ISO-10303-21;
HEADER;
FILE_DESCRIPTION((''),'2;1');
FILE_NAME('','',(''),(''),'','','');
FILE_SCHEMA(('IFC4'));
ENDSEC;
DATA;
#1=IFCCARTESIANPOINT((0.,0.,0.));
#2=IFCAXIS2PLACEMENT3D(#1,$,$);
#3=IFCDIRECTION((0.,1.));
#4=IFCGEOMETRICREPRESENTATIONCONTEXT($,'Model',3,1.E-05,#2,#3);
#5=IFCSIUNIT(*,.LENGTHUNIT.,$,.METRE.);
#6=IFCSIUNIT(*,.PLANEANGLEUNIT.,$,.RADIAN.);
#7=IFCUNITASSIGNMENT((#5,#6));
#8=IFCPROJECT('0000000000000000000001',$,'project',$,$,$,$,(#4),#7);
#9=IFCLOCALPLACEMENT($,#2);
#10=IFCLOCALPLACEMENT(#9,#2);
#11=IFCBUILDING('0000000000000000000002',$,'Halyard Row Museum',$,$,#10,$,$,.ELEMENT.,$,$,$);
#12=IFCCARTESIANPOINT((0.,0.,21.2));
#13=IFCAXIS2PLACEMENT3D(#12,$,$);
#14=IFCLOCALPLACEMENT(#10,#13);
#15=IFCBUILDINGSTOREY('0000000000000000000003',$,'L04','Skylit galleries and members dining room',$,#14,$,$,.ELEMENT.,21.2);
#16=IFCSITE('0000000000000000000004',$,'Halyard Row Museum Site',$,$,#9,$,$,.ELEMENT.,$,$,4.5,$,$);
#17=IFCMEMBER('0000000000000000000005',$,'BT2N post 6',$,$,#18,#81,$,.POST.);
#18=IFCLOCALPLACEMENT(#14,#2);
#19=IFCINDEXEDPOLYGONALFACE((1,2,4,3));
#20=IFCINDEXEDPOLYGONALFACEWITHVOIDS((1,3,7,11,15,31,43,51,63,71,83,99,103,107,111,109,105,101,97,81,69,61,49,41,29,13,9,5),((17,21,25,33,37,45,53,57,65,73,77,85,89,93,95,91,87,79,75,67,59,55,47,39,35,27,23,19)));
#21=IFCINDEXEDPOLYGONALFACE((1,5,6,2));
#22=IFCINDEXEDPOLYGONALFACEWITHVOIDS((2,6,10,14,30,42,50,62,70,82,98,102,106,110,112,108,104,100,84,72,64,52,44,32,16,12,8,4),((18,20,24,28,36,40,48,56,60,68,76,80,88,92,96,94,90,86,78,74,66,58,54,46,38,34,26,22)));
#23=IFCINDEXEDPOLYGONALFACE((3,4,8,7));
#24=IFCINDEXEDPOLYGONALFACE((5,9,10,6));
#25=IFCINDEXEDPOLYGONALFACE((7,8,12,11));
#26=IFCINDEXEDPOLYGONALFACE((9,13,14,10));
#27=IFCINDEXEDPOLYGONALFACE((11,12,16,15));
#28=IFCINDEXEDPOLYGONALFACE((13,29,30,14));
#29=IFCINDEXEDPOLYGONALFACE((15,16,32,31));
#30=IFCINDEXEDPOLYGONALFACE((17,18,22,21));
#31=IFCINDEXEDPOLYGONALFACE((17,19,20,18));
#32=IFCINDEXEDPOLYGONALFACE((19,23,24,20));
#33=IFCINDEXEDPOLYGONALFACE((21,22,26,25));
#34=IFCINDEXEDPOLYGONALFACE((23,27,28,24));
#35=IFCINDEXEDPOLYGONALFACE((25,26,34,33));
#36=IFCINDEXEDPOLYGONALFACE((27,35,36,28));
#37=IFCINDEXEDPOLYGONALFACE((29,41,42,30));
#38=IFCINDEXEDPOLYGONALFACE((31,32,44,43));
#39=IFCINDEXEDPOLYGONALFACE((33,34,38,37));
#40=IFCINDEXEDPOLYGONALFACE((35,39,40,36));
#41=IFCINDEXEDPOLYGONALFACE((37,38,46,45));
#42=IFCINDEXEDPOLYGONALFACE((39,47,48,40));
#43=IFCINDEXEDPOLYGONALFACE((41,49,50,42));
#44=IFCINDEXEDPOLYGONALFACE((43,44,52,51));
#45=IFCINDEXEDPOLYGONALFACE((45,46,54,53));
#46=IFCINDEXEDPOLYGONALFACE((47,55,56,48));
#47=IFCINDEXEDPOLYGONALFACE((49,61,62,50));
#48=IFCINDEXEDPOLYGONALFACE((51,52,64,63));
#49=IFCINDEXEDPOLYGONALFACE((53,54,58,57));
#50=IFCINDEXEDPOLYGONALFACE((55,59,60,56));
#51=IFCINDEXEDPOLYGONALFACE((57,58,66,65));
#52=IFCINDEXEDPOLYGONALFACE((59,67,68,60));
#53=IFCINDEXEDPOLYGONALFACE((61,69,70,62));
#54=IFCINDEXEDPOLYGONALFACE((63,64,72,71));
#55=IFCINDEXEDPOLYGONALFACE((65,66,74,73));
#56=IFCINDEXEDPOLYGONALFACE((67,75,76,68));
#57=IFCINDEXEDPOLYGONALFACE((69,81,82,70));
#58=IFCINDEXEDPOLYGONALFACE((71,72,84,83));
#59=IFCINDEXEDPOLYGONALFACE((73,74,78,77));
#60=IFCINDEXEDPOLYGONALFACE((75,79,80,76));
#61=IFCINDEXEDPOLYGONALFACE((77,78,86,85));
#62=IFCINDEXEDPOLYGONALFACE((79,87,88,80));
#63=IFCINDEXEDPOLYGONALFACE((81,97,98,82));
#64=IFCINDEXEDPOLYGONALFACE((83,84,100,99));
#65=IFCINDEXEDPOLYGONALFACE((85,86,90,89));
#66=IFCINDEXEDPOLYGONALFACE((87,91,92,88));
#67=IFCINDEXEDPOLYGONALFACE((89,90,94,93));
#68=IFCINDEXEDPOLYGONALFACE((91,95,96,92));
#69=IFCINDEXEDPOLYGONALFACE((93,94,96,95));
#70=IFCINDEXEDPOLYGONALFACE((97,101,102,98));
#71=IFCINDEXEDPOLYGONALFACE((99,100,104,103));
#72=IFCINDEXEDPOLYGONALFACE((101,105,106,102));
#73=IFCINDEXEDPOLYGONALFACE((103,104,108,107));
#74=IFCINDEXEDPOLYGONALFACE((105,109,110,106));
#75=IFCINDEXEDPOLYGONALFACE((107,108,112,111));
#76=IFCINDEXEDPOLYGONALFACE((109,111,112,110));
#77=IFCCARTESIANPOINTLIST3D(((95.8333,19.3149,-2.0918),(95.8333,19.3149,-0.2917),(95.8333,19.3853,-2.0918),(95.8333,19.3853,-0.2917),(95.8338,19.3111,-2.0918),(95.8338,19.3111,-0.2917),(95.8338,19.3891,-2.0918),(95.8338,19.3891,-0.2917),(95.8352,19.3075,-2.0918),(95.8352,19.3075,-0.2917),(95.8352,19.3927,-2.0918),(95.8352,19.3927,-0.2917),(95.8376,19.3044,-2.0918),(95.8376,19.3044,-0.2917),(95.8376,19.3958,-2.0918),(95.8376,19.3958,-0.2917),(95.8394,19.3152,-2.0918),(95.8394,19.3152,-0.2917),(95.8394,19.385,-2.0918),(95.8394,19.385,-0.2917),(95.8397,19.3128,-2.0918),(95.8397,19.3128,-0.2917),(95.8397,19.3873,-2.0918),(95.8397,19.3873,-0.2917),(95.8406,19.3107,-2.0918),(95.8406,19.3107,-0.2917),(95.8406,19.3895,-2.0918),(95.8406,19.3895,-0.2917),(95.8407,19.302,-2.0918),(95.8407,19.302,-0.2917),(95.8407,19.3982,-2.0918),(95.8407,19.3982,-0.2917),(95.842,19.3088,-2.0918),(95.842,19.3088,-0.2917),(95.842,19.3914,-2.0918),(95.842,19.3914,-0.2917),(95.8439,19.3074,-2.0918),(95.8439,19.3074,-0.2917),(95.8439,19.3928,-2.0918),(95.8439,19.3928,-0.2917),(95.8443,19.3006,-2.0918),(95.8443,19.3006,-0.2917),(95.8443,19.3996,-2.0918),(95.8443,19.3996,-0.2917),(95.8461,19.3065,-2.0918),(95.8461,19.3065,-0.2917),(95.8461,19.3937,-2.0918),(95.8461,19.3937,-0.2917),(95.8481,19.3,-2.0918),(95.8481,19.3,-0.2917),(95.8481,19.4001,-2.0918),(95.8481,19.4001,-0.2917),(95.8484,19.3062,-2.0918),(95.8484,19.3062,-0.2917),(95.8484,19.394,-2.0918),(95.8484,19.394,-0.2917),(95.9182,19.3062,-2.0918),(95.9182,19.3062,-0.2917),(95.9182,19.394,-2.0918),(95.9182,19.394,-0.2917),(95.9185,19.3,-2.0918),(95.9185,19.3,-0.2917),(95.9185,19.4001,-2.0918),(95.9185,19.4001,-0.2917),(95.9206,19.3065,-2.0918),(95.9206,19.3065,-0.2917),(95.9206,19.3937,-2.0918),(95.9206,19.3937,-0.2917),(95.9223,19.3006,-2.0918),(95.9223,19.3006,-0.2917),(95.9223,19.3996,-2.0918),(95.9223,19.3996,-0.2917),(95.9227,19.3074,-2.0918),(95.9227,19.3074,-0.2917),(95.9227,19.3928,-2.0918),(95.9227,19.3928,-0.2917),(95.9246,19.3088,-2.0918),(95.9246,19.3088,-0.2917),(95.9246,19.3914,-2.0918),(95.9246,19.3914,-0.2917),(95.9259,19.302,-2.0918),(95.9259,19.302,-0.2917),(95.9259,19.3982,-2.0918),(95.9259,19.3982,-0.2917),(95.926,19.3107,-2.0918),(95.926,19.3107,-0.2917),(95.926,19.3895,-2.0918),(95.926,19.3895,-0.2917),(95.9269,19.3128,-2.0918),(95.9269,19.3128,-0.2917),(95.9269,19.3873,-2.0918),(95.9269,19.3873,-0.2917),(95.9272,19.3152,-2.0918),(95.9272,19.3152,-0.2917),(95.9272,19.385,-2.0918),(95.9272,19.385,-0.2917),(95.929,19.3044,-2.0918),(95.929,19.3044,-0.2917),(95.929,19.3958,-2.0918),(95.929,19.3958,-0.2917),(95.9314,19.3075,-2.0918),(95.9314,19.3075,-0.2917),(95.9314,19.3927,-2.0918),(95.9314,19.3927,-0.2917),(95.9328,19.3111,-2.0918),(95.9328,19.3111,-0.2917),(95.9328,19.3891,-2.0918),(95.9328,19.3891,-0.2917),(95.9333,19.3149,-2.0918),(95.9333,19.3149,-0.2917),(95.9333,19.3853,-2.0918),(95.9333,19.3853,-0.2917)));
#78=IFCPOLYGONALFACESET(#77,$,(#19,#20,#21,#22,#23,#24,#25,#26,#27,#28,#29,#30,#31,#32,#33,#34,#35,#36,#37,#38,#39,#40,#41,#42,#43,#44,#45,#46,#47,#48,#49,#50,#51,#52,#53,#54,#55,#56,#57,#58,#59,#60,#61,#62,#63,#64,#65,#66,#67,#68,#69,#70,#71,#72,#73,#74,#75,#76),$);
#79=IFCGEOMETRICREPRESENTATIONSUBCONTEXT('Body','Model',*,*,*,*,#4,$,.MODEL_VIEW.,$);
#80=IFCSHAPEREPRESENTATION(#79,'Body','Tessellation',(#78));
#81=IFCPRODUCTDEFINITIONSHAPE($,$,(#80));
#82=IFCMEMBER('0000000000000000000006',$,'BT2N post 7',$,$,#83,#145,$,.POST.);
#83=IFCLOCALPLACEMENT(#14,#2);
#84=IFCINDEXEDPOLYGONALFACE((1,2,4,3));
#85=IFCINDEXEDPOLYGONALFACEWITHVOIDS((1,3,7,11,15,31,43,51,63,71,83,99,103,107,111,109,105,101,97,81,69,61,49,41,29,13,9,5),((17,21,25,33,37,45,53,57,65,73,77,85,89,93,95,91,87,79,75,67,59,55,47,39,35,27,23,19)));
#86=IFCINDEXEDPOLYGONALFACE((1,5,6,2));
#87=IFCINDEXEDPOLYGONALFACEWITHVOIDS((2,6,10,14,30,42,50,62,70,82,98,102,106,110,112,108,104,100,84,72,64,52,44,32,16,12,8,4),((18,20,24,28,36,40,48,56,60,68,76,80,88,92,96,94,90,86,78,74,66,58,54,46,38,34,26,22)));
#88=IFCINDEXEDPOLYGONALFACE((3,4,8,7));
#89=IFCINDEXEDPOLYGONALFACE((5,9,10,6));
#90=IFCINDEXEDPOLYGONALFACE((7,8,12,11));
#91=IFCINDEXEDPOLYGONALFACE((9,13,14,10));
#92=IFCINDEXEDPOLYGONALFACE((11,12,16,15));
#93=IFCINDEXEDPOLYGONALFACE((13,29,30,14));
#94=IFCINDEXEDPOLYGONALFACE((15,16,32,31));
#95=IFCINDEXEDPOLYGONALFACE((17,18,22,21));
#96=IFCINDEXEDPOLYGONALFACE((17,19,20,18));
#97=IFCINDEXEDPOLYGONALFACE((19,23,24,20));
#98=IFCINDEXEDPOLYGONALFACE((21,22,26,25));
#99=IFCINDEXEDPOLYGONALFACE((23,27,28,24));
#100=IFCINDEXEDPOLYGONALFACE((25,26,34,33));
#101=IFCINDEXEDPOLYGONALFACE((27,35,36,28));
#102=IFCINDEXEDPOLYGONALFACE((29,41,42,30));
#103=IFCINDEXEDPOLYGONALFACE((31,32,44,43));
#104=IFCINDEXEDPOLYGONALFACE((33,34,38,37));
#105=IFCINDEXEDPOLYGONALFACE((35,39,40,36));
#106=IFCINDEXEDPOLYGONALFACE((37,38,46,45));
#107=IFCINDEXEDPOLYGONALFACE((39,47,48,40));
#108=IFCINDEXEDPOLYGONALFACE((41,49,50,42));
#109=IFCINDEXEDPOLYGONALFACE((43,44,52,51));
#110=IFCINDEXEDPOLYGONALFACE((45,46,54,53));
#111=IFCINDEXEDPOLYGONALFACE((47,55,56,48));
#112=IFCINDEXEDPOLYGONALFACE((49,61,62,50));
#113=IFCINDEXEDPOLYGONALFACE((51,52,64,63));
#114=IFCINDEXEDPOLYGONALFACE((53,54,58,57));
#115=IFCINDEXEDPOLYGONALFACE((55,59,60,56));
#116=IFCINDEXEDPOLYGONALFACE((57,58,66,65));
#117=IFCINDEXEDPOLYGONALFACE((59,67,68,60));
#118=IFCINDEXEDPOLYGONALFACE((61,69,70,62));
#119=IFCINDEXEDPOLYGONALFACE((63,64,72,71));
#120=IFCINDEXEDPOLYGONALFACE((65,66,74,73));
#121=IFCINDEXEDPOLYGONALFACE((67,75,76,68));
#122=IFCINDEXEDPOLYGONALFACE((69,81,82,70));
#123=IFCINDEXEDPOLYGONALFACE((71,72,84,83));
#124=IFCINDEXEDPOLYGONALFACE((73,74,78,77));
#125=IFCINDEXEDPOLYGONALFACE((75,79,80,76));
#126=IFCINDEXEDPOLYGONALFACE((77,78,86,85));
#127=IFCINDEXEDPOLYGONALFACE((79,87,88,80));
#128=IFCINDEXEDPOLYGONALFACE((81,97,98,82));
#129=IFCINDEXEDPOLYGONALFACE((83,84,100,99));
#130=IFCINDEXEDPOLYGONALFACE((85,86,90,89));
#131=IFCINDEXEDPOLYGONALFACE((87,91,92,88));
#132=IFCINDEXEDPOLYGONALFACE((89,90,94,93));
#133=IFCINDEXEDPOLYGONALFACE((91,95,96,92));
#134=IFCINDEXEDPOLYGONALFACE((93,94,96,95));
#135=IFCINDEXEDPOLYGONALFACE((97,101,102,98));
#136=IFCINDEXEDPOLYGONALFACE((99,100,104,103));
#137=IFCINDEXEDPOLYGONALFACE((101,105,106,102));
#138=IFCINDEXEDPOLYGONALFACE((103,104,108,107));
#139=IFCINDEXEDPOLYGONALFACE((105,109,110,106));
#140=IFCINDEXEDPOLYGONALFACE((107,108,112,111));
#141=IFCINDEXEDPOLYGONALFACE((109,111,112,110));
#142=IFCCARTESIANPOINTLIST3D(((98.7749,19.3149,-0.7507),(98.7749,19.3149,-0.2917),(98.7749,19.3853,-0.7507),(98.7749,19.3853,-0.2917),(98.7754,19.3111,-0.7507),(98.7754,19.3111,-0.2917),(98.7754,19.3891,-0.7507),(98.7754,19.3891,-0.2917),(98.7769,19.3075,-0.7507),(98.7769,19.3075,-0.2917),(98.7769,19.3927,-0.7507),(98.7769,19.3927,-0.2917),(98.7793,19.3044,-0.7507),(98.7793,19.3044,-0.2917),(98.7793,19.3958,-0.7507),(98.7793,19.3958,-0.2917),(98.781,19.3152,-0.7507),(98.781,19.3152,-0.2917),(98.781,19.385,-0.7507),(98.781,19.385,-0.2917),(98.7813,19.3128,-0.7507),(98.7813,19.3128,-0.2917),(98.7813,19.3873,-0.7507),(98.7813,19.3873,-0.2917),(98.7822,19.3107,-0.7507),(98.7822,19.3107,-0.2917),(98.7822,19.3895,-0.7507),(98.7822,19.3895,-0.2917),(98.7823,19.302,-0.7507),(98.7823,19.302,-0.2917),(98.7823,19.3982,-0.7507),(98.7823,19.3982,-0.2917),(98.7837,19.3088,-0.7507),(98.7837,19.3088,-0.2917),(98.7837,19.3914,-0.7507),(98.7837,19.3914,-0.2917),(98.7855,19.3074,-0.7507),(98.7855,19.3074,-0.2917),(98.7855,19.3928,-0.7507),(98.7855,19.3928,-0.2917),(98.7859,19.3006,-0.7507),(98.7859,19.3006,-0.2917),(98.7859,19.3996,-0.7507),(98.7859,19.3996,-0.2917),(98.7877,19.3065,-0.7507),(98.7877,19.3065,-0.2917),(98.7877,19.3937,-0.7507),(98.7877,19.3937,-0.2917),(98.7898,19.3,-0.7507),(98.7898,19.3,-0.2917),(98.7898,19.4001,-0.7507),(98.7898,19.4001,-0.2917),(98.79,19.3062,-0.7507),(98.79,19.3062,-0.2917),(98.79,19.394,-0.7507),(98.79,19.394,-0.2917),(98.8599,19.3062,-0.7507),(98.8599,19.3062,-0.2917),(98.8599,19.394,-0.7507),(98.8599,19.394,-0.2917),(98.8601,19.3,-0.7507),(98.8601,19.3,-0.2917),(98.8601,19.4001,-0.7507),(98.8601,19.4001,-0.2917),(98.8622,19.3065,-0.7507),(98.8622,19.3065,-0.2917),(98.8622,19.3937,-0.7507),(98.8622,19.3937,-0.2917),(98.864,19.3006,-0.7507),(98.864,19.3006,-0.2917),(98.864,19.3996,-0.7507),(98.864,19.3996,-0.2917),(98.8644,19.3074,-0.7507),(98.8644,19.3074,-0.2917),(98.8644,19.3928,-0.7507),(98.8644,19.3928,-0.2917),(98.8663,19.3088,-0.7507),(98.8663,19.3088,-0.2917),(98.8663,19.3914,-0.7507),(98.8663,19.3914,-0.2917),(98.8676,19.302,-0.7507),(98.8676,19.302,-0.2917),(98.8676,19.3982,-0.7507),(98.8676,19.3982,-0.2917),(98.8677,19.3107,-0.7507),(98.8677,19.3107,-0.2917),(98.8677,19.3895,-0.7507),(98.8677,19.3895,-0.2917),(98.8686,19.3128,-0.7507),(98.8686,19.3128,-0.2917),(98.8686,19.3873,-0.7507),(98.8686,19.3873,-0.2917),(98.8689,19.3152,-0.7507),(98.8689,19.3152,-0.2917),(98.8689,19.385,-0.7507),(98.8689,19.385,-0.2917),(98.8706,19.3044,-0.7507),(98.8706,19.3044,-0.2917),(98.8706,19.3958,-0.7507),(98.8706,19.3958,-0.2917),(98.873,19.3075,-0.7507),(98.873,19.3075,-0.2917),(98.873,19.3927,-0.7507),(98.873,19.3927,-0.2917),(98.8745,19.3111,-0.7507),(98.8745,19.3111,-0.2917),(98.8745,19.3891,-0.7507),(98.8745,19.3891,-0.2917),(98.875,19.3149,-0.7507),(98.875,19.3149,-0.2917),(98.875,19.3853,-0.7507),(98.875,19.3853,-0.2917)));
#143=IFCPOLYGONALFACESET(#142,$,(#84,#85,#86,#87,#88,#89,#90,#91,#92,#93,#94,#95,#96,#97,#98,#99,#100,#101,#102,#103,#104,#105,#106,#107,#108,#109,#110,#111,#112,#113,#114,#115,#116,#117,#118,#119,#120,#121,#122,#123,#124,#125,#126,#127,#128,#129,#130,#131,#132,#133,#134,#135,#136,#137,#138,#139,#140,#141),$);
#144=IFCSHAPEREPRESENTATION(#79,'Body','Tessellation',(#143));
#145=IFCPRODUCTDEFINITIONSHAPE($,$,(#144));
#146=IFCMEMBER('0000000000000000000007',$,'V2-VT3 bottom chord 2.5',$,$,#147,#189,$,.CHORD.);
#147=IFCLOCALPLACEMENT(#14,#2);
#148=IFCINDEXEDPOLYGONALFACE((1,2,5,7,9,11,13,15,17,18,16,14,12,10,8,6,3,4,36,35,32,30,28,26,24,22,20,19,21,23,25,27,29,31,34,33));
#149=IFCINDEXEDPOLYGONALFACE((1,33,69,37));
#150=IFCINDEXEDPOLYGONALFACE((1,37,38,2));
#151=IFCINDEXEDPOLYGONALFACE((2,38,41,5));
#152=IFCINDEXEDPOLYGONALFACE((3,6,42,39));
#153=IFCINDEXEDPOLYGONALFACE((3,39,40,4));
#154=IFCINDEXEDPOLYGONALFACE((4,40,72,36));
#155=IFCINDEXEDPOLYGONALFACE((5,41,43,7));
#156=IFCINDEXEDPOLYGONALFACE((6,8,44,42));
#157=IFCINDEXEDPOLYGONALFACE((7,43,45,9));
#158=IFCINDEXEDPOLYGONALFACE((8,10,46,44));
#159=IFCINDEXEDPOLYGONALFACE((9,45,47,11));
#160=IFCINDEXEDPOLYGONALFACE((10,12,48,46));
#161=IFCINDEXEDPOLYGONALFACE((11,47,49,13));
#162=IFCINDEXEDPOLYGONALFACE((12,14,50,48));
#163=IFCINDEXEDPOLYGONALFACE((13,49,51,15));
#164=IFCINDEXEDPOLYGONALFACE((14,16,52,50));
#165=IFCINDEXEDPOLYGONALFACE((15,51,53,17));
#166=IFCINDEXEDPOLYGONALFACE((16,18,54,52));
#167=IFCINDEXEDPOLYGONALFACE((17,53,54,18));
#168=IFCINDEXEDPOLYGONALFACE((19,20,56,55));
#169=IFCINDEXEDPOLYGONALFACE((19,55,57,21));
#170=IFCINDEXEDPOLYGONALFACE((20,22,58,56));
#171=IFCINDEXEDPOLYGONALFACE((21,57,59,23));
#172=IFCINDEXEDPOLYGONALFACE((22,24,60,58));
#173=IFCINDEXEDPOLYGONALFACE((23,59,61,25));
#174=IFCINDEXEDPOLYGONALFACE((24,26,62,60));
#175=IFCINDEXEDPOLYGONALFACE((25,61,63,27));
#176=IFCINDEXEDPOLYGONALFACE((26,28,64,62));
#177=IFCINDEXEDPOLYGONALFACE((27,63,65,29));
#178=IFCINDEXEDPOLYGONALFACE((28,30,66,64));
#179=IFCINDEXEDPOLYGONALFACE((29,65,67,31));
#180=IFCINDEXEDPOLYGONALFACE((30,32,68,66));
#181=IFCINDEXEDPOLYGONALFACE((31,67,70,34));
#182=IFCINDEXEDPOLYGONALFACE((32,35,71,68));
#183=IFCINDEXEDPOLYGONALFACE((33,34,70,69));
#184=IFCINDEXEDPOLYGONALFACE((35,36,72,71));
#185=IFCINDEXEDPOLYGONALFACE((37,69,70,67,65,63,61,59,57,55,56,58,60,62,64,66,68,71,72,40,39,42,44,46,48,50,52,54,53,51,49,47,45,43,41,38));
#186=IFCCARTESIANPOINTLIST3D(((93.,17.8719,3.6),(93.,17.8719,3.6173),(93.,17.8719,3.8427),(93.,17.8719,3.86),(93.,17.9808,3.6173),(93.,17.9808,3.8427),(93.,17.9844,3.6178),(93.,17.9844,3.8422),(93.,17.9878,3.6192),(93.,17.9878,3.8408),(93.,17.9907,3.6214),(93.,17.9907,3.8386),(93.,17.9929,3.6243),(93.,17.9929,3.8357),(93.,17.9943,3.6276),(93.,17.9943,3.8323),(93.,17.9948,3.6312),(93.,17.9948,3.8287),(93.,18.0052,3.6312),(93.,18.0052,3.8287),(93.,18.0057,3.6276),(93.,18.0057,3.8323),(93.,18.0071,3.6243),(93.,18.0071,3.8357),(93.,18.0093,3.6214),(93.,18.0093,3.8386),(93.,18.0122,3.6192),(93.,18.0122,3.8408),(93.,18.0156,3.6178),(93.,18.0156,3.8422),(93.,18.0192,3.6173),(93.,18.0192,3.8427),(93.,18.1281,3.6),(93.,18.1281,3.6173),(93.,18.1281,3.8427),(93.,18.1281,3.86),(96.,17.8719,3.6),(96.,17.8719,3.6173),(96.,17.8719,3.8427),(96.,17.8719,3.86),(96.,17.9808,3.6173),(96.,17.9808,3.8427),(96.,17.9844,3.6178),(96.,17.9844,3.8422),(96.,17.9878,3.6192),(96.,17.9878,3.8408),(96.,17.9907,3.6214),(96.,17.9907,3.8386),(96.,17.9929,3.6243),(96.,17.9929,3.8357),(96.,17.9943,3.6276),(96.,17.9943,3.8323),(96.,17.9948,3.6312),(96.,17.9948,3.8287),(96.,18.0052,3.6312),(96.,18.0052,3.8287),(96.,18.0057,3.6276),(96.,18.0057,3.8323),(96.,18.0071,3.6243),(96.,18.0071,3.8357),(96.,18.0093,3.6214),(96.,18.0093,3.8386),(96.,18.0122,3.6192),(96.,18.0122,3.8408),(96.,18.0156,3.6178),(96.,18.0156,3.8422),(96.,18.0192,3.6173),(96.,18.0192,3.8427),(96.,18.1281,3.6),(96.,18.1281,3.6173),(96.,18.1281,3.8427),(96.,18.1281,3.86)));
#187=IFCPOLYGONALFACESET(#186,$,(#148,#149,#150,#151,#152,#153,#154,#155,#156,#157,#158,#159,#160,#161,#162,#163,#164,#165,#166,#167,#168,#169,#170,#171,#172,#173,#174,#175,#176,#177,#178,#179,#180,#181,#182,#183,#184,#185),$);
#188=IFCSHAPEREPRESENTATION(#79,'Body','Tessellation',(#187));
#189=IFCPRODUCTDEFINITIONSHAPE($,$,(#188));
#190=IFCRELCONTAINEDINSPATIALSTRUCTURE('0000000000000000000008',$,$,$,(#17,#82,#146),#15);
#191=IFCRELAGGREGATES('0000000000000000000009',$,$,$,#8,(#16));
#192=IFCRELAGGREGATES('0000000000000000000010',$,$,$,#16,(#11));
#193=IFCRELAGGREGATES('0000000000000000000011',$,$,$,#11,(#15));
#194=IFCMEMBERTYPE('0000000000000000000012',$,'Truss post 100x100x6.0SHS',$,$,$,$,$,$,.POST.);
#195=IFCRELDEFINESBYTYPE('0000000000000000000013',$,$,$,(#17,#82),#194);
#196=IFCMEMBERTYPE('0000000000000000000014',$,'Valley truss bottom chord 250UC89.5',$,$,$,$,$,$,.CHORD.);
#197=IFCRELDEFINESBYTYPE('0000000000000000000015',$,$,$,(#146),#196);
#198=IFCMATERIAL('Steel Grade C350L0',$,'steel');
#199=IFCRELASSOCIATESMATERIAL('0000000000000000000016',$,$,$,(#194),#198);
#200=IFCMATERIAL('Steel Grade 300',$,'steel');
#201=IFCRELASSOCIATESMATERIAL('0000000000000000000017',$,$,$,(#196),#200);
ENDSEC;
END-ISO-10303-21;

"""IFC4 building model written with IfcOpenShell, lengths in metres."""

from ifc_helpers import new_model, si_unit, direction, frame, origin, origin_2d, place, context, subcontext, project, spatial, hollow_rectangle, i_section, extrude, material, material_profile, profile_set, type_object, element, save


model = new_model("IFC4")

# Units and contexts
model_context = context("Model", 3, precision=1e-05, world=origin(), true_north=direction((0.0, 1.0)))
body_context = subcontext(model_context, "Body", "Model", "MODEL_VIEW")
ifc_project = project(units=[si_unit("LENGTHUNIT", "METRE"), si_unit("PLANEANGLEUNIT", "RADIAN")], contexts=[model_context])

# Site, building, storey
site_placement = place(None, origin())
site = spatial("IfcSite", under=ifc_project, at=site_placement, Name="Halyard Row Museum Site", CompositionType="ELEMENT", RefElevation=4.5)
building_placement = place(site_placement, origin())
building = spatial("IfcBuilding", under=site, at=building_placement, Name="Halyard Row Museum", CompositionType="ELEMENT")
storey_placement = place(building_placement, frame((0.0, 0.0, 21.2)))
storey = spatial("IfcBuildingStorey", under=building, at=storey_placement, Name="L04", Description="Skylit galleries and members dining room", CompositionType="ELEMENT", Elevation=21.2)

# Members
ifc_material_1 = material(Name="Steel Grade C350L0", Category="steel")
ifc_material_profile_1 = material_profile(ifc_material_1, hollow_rectangle(XDim=0.1001, YDim=0.1001, WallThickness=0.0061, InnerFilletRadius=0.009, OuterFilletRadius=0.0149, at=origin_2d()), Name="100x100x6.0SHS")
ifc_profile_set_1 = profile_set([ifc_material_profile_1], Name="Steel Grade C350L0")
member_type_1 = type_object("IfcMemberType", Name="Truss post 100x100x6.0SHS", PredefinedType="POST", material=ifc_profile_set_1)
for number, where, z_axis, x_axis, name in (
    (1, (95.8833, 19.3501, -2.0918), (0.0, 0.0, 1.0), (1.0, 0.0, 0.0), "BT2N post 6"),
):
    element("IfcMember", number, at=place(storey_placement, frame(where, z_axis=z_axis, x_axis=x_axis)), inside=storey, type_object=member_type_1, Name=name, PredefinedType="POST", context=body_context, shape_type="SweptSolid", body=[
        extrude(hollow_rectangle(XDim=0.1001, YDim=0.1001, WallThickness=0.0061, InnerFilletRadius=0.009, OuterFilletRadius=0.0149, at=origin_2d()), origin(), (0.0, 0.0, 1.0), 1.8),
    ])
member_1_placement = place(storey_placement, frame((98.825, 19.3501, -0.7507), z_axis=(0.0, 0.0, 1.0), x_axis=(1.0, 0.0, 0.0)))
element("IfcMember", 2, at=member_1_placement, inside=storey, type_object=member_type_1, Name="BT2N post 7", PredefinedType="POST", context=body_context, shape_type="SweptSolid", body=[
    extrude(hollow_rectangle(XDim=0.1001, YDim=0.1001, WallThickness=0.0061, InnerFilletRadius=0.009, OuterFilletRadius=0.0149, at=origin_2d()), origin(), (0.0, 0.0, 1.0), 0.459),
])
ifc_material_2 = material(Name="Steel Grade 300", Category="steel")
ifc_material_profile_2 = material_profile(ifc_material_2, i_section(OverallWidth=0.2561, OverallDepth=0.26, WebThickness=0.0105, FlangeThickness=0.0173, FilletRadius=0.0139, at=origin_2d()), Name="250UC89.5")
ifc_profile_set_2 = profile_set([ifc_material_profile_2], Name="Steel Grade 300")
member_type_2 = type_object("IfcMemberType", Name="Valley truss bottom chord 250UC89.5", PredefinedType="CHORD", material=ifc_profile_set_2)
for number, where, z_axis, x_axis, name in (
    (3, (93.0, 18.0, 3.73), (1.0, 0.0, 0.0), (0.0, 1.0, 0.0), "V2-VT3 bottom chord 2.5"),
):
    element("IfcMember", number, at=place(storey_placement, frame(where, z_axis=z_axis, x_axis=x_axis)), inside=storey, type_object=member_type_2, Name=name, PredefinedType="CHORD", context=body_context, shape_type="SweptSolid", body=[
        extrude(i_section(OverallWidth=0.2561, OverallDepth=0.26, WebThickness=0.0105, FlangeThickness=0.0173, FilletRadius=0.0139, at=origin_2d()), origin(), (0.0, 0.0, 1.0), 3.0),
    ])

save(model, "model.ifc")
